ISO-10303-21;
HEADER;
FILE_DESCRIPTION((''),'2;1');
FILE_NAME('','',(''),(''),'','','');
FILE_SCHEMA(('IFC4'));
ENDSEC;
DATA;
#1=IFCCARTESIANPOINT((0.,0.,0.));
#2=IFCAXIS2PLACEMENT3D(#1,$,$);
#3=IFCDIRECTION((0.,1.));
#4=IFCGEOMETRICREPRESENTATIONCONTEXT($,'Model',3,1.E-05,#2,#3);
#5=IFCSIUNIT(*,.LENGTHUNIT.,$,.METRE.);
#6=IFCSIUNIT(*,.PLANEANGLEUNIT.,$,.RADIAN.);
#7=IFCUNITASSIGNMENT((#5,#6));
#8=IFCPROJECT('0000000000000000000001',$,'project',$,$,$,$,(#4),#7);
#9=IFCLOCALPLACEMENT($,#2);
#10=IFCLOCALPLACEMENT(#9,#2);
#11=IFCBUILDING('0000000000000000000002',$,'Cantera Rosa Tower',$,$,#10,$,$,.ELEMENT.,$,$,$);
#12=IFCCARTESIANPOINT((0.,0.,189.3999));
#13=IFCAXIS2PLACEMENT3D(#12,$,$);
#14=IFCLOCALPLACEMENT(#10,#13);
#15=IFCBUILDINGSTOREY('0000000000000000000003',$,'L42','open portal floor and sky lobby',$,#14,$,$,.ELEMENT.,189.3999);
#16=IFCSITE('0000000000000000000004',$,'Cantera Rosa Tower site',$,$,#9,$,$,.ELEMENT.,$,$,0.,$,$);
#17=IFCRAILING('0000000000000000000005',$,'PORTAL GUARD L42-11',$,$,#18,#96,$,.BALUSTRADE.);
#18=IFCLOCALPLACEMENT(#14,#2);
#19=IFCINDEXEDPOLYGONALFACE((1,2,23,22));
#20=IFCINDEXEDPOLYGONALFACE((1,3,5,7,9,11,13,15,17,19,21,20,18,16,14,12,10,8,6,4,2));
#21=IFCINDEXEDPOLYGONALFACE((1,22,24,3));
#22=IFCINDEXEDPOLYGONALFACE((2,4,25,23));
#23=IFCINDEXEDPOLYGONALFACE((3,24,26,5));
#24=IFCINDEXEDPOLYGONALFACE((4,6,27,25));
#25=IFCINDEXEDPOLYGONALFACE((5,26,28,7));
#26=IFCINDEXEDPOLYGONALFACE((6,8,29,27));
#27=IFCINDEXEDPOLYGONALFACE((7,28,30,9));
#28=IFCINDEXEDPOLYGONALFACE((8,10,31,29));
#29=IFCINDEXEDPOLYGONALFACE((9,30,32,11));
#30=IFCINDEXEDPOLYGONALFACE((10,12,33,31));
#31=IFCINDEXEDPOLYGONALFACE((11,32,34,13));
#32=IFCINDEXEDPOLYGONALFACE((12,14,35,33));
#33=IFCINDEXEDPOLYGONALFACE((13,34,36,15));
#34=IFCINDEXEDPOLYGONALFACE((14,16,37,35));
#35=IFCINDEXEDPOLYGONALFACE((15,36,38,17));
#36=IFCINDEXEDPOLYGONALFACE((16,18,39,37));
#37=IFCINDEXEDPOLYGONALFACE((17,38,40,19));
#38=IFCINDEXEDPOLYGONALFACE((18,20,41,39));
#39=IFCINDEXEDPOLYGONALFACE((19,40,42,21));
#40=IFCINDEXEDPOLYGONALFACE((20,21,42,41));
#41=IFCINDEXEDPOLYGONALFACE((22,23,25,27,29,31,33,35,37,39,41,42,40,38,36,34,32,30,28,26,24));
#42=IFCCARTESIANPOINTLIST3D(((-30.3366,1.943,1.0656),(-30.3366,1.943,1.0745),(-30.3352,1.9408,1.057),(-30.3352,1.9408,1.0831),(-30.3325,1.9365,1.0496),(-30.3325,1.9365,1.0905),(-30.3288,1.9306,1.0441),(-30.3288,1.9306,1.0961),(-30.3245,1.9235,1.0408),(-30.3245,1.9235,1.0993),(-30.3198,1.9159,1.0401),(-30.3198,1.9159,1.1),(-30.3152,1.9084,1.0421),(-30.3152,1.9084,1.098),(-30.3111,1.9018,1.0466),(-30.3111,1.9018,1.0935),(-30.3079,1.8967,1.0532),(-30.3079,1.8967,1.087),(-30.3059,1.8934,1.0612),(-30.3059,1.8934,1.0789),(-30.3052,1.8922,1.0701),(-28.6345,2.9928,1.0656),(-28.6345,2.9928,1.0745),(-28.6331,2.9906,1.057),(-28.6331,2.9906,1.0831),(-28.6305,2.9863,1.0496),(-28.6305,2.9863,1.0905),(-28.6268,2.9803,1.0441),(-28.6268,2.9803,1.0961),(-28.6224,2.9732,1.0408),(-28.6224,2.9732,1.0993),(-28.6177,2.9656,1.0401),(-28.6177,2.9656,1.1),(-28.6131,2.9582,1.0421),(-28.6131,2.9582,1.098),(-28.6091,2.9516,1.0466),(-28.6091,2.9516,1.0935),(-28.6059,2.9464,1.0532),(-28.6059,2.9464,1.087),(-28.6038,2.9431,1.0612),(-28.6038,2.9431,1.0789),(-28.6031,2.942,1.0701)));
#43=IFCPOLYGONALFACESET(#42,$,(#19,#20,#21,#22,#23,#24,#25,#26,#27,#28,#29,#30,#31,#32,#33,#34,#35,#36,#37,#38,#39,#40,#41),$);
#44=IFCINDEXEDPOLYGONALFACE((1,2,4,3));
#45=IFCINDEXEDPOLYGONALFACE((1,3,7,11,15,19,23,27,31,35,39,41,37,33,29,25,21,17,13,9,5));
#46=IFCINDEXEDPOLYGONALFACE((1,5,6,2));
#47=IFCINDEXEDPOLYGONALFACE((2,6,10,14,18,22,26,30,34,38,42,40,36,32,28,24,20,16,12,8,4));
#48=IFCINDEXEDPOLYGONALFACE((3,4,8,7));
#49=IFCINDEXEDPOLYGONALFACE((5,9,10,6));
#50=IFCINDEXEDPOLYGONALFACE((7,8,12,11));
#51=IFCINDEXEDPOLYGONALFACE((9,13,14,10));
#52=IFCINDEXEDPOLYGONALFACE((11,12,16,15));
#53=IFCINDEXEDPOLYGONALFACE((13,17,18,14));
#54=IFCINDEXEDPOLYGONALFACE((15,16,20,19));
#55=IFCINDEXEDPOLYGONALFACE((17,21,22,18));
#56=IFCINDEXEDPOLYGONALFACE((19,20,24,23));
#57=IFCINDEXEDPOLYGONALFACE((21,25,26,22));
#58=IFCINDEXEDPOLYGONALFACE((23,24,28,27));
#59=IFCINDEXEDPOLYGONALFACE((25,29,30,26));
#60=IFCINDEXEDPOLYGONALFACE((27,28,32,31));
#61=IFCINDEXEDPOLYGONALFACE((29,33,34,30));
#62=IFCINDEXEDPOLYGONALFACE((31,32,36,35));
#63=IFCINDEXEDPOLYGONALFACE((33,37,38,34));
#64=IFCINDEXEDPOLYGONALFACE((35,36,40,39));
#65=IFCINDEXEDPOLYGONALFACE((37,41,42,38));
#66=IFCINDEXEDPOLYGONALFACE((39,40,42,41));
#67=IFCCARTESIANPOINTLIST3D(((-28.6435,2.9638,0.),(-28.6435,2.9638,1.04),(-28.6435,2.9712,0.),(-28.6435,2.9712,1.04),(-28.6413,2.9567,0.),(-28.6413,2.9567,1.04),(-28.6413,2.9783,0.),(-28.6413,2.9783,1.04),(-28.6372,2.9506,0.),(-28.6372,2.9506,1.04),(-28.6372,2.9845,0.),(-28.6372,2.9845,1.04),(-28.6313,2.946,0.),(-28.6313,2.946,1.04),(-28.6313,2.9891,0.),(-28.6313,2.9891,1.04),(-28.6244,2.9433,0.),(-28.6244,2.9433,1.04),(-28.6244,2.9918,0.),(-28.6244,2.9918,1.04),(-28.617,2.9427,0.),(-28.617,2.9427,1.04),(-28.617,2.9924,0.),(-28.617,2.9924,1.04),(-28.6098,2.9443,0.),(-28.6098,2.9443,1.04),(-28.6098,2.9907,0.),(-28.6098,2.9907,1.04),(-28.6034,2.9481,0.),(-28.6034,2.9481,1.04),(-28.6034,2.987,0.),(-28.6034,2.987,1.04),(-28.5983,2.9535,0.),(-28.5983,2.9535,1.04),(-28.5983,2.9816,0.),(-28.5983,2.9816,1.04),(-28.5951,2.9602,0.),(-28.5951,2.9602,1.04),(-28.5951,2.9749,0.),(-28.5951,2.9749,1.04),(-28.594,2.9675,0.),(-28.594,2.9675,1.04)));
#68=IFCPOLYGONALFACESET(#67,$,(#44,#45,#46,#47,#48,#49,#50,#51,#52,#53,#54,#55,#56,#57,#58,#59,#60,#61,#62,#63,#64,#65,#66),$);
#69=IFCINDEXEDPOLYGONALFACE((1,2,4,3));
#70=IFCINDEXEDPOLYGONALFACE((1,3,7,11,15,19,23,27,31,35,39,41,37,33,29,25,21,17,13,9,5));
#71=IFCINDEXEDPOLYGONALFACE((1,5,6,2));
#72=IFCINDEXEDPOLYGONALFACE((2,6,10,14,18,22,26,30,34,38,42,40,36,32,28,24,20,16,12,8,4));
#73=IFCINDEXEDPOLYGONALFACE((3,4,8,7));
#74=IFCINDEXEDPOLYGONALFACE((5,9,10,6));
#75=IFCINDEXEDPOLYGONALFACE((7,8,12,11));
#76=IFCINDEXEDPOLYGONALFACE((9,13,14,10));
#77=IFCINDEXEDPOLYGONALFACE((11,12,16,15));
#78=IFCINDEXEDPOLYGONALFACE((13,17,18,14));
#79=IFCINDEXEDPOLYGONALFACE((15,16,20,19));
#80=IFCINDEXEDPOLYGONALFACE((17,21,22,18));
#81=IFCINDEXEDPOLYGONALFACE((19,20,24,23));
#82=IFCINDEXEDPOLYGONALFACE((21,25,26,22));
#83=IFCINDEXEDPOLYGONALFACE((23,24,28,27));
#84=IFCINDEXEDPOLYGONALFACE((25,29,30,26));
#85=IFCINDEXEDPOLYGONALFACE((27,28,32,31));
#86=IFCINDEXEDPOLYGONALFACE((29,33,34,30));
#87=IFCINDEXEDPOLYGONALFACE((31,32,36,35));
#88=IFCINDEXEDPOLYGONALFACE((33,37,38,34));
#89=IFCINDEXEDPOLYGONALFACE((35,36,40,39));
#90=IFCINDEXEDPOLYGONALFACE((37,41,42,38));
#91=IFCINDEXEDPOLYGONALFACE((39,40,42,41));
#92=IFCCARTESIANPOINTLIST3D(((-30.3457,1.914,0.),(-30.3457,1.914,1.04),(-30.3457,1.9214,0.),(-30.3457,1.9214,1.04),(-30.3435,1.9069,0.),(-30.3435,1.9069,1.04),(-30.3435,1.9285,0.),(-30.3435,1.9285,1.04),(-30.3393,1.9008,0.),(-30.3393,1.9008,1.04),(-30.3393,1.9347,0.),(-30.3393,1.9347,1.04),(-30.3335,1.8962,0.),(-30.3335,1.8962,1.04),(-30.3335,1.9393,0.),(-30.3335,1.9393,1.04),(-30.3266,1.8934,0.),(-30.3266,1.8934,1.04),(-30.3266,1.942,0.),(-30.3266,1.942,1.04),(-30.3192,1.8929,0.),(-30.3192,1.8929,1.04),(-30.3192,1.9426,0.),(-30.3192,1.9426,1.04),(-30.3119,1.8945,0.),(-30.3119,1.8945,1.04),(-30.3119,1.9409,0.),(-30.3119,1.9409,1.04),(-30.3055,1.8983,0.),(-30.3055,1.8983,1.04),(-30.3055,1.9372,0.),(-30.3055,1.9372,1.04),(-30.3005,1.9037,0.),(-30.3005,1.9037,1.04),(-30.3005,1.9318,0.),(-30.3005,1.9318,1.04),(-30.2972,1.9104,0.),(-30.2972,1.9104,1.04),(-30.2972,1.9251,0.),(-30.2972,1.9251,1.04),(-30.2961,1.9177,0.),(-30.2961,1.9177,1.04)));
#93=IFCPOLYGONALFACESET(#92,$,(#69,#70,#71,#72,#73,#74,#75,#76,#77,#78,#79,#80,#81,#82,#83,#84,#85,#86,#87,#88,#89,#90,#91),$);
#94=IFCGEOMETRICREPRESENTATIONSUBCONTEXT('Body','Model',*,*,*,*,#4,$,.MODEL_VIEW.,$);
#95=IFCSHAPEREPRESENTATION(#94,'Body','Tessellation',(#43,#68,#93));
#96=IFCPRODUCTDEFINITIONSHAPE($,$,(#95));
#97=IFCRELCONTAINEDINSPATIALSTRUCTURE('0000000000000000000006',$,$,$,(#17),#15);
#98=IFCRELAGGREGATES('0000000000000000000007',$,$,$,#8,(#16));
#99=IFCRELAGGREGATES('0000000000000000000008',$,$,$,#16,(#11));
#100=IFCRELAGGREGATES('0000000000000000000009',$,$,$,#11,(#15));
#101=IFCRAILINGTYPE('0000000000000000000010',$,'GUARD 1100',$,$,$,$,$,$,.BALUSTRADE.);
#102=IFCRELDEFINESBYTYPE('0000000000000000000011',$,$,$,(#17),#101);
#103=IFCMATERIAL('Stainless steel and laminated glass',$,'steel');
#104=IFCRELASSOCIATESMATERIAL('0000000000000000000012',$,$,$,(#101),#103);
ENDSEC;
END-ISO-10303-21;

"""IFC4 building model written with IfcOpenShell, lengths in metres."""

from ifc_helpers import new_model, si_unit, direction, frame, origin, origin_2d, place, context, subcontext, project, spatial, circle, extrude, material, type_object, element, save


model = new_model("IFC4")

# Units and contexts
model_context = context("Model", 3, precision=1e-05, world=origin(), true_north=direction((0.0, 1.0)))
body_context = subcontext(model_context, "Body", "Model", "MODEL_VIEW")
ifc_project = project(units=[si_unit("LENGTHUNIT", "METRE"), si_unit("PLANEANGLEUNIT", "RADIAN")], contexts=[model_context])

# Site, building, storey
site_placement = place(None, origin())
site = spatial("IfcSite", under=ifc_project, at=site_placement, Name="Cantera Rosa Tower site", CompositionType="ELEMENT", RefElevation=0.0)
building_placement = place(site_placement, origin())
building = spatial("IfcBuilding", under=site, at=building_placement, Name="Cantera Rosa Tower", CompositionType="ELEMENT")
storey_placement = place(building_placement, frame((0.0, 0.0, 189.3999)))
storey = spatial("IfcBuildingStorey", under=building, at=storey_placement, Name="L42", Description="open portal floor and sky lobby", CompositionType="ELEMENT", Elevation=189.3999)

# Railing
ifc_material_1 = material(Name="Stainless steel and laminated glass", Category="steel")
railing_type_1 = type_object("IfcRailingType", Name="GUARD 1100", PredefinedType="BALUSTRADE", material=ifc_material_1)
railing_1_placement = place(storey_placement, frame((-28.6189, 2.9675, 0.0)))
element("IfcRailing", 1, at=railing_1_placement, inside=storey, type_object=railing_type_1, Name="PORTAL GUARD L42-11", PredefinedType="BALUSTRADE", context=body_context, shape_type="SweptSolid", body=[
    extrude(circle(Radius=0.03, at=origin_2d()), frame((0.0, 0.0, 1.0701), z_axis=(-0.851138, -0.524942, 0.0), x_axis=(0.524942, -0.851138, 0.0)), (0.0, 0.0, 1.0), 1.9998),
    extrude(circle(Radius=0.0249, at=origin_2d()), origin(), (0.0, 0.0, 1.0), 1.04),
    extrude(circle(Radius=0.0249, at=origin_2d()), frame((-1.7021, -1.0498, 0.0)), (0.0, 0.0, 1.0), 1.04),
])

save(model, "model.ifc")
